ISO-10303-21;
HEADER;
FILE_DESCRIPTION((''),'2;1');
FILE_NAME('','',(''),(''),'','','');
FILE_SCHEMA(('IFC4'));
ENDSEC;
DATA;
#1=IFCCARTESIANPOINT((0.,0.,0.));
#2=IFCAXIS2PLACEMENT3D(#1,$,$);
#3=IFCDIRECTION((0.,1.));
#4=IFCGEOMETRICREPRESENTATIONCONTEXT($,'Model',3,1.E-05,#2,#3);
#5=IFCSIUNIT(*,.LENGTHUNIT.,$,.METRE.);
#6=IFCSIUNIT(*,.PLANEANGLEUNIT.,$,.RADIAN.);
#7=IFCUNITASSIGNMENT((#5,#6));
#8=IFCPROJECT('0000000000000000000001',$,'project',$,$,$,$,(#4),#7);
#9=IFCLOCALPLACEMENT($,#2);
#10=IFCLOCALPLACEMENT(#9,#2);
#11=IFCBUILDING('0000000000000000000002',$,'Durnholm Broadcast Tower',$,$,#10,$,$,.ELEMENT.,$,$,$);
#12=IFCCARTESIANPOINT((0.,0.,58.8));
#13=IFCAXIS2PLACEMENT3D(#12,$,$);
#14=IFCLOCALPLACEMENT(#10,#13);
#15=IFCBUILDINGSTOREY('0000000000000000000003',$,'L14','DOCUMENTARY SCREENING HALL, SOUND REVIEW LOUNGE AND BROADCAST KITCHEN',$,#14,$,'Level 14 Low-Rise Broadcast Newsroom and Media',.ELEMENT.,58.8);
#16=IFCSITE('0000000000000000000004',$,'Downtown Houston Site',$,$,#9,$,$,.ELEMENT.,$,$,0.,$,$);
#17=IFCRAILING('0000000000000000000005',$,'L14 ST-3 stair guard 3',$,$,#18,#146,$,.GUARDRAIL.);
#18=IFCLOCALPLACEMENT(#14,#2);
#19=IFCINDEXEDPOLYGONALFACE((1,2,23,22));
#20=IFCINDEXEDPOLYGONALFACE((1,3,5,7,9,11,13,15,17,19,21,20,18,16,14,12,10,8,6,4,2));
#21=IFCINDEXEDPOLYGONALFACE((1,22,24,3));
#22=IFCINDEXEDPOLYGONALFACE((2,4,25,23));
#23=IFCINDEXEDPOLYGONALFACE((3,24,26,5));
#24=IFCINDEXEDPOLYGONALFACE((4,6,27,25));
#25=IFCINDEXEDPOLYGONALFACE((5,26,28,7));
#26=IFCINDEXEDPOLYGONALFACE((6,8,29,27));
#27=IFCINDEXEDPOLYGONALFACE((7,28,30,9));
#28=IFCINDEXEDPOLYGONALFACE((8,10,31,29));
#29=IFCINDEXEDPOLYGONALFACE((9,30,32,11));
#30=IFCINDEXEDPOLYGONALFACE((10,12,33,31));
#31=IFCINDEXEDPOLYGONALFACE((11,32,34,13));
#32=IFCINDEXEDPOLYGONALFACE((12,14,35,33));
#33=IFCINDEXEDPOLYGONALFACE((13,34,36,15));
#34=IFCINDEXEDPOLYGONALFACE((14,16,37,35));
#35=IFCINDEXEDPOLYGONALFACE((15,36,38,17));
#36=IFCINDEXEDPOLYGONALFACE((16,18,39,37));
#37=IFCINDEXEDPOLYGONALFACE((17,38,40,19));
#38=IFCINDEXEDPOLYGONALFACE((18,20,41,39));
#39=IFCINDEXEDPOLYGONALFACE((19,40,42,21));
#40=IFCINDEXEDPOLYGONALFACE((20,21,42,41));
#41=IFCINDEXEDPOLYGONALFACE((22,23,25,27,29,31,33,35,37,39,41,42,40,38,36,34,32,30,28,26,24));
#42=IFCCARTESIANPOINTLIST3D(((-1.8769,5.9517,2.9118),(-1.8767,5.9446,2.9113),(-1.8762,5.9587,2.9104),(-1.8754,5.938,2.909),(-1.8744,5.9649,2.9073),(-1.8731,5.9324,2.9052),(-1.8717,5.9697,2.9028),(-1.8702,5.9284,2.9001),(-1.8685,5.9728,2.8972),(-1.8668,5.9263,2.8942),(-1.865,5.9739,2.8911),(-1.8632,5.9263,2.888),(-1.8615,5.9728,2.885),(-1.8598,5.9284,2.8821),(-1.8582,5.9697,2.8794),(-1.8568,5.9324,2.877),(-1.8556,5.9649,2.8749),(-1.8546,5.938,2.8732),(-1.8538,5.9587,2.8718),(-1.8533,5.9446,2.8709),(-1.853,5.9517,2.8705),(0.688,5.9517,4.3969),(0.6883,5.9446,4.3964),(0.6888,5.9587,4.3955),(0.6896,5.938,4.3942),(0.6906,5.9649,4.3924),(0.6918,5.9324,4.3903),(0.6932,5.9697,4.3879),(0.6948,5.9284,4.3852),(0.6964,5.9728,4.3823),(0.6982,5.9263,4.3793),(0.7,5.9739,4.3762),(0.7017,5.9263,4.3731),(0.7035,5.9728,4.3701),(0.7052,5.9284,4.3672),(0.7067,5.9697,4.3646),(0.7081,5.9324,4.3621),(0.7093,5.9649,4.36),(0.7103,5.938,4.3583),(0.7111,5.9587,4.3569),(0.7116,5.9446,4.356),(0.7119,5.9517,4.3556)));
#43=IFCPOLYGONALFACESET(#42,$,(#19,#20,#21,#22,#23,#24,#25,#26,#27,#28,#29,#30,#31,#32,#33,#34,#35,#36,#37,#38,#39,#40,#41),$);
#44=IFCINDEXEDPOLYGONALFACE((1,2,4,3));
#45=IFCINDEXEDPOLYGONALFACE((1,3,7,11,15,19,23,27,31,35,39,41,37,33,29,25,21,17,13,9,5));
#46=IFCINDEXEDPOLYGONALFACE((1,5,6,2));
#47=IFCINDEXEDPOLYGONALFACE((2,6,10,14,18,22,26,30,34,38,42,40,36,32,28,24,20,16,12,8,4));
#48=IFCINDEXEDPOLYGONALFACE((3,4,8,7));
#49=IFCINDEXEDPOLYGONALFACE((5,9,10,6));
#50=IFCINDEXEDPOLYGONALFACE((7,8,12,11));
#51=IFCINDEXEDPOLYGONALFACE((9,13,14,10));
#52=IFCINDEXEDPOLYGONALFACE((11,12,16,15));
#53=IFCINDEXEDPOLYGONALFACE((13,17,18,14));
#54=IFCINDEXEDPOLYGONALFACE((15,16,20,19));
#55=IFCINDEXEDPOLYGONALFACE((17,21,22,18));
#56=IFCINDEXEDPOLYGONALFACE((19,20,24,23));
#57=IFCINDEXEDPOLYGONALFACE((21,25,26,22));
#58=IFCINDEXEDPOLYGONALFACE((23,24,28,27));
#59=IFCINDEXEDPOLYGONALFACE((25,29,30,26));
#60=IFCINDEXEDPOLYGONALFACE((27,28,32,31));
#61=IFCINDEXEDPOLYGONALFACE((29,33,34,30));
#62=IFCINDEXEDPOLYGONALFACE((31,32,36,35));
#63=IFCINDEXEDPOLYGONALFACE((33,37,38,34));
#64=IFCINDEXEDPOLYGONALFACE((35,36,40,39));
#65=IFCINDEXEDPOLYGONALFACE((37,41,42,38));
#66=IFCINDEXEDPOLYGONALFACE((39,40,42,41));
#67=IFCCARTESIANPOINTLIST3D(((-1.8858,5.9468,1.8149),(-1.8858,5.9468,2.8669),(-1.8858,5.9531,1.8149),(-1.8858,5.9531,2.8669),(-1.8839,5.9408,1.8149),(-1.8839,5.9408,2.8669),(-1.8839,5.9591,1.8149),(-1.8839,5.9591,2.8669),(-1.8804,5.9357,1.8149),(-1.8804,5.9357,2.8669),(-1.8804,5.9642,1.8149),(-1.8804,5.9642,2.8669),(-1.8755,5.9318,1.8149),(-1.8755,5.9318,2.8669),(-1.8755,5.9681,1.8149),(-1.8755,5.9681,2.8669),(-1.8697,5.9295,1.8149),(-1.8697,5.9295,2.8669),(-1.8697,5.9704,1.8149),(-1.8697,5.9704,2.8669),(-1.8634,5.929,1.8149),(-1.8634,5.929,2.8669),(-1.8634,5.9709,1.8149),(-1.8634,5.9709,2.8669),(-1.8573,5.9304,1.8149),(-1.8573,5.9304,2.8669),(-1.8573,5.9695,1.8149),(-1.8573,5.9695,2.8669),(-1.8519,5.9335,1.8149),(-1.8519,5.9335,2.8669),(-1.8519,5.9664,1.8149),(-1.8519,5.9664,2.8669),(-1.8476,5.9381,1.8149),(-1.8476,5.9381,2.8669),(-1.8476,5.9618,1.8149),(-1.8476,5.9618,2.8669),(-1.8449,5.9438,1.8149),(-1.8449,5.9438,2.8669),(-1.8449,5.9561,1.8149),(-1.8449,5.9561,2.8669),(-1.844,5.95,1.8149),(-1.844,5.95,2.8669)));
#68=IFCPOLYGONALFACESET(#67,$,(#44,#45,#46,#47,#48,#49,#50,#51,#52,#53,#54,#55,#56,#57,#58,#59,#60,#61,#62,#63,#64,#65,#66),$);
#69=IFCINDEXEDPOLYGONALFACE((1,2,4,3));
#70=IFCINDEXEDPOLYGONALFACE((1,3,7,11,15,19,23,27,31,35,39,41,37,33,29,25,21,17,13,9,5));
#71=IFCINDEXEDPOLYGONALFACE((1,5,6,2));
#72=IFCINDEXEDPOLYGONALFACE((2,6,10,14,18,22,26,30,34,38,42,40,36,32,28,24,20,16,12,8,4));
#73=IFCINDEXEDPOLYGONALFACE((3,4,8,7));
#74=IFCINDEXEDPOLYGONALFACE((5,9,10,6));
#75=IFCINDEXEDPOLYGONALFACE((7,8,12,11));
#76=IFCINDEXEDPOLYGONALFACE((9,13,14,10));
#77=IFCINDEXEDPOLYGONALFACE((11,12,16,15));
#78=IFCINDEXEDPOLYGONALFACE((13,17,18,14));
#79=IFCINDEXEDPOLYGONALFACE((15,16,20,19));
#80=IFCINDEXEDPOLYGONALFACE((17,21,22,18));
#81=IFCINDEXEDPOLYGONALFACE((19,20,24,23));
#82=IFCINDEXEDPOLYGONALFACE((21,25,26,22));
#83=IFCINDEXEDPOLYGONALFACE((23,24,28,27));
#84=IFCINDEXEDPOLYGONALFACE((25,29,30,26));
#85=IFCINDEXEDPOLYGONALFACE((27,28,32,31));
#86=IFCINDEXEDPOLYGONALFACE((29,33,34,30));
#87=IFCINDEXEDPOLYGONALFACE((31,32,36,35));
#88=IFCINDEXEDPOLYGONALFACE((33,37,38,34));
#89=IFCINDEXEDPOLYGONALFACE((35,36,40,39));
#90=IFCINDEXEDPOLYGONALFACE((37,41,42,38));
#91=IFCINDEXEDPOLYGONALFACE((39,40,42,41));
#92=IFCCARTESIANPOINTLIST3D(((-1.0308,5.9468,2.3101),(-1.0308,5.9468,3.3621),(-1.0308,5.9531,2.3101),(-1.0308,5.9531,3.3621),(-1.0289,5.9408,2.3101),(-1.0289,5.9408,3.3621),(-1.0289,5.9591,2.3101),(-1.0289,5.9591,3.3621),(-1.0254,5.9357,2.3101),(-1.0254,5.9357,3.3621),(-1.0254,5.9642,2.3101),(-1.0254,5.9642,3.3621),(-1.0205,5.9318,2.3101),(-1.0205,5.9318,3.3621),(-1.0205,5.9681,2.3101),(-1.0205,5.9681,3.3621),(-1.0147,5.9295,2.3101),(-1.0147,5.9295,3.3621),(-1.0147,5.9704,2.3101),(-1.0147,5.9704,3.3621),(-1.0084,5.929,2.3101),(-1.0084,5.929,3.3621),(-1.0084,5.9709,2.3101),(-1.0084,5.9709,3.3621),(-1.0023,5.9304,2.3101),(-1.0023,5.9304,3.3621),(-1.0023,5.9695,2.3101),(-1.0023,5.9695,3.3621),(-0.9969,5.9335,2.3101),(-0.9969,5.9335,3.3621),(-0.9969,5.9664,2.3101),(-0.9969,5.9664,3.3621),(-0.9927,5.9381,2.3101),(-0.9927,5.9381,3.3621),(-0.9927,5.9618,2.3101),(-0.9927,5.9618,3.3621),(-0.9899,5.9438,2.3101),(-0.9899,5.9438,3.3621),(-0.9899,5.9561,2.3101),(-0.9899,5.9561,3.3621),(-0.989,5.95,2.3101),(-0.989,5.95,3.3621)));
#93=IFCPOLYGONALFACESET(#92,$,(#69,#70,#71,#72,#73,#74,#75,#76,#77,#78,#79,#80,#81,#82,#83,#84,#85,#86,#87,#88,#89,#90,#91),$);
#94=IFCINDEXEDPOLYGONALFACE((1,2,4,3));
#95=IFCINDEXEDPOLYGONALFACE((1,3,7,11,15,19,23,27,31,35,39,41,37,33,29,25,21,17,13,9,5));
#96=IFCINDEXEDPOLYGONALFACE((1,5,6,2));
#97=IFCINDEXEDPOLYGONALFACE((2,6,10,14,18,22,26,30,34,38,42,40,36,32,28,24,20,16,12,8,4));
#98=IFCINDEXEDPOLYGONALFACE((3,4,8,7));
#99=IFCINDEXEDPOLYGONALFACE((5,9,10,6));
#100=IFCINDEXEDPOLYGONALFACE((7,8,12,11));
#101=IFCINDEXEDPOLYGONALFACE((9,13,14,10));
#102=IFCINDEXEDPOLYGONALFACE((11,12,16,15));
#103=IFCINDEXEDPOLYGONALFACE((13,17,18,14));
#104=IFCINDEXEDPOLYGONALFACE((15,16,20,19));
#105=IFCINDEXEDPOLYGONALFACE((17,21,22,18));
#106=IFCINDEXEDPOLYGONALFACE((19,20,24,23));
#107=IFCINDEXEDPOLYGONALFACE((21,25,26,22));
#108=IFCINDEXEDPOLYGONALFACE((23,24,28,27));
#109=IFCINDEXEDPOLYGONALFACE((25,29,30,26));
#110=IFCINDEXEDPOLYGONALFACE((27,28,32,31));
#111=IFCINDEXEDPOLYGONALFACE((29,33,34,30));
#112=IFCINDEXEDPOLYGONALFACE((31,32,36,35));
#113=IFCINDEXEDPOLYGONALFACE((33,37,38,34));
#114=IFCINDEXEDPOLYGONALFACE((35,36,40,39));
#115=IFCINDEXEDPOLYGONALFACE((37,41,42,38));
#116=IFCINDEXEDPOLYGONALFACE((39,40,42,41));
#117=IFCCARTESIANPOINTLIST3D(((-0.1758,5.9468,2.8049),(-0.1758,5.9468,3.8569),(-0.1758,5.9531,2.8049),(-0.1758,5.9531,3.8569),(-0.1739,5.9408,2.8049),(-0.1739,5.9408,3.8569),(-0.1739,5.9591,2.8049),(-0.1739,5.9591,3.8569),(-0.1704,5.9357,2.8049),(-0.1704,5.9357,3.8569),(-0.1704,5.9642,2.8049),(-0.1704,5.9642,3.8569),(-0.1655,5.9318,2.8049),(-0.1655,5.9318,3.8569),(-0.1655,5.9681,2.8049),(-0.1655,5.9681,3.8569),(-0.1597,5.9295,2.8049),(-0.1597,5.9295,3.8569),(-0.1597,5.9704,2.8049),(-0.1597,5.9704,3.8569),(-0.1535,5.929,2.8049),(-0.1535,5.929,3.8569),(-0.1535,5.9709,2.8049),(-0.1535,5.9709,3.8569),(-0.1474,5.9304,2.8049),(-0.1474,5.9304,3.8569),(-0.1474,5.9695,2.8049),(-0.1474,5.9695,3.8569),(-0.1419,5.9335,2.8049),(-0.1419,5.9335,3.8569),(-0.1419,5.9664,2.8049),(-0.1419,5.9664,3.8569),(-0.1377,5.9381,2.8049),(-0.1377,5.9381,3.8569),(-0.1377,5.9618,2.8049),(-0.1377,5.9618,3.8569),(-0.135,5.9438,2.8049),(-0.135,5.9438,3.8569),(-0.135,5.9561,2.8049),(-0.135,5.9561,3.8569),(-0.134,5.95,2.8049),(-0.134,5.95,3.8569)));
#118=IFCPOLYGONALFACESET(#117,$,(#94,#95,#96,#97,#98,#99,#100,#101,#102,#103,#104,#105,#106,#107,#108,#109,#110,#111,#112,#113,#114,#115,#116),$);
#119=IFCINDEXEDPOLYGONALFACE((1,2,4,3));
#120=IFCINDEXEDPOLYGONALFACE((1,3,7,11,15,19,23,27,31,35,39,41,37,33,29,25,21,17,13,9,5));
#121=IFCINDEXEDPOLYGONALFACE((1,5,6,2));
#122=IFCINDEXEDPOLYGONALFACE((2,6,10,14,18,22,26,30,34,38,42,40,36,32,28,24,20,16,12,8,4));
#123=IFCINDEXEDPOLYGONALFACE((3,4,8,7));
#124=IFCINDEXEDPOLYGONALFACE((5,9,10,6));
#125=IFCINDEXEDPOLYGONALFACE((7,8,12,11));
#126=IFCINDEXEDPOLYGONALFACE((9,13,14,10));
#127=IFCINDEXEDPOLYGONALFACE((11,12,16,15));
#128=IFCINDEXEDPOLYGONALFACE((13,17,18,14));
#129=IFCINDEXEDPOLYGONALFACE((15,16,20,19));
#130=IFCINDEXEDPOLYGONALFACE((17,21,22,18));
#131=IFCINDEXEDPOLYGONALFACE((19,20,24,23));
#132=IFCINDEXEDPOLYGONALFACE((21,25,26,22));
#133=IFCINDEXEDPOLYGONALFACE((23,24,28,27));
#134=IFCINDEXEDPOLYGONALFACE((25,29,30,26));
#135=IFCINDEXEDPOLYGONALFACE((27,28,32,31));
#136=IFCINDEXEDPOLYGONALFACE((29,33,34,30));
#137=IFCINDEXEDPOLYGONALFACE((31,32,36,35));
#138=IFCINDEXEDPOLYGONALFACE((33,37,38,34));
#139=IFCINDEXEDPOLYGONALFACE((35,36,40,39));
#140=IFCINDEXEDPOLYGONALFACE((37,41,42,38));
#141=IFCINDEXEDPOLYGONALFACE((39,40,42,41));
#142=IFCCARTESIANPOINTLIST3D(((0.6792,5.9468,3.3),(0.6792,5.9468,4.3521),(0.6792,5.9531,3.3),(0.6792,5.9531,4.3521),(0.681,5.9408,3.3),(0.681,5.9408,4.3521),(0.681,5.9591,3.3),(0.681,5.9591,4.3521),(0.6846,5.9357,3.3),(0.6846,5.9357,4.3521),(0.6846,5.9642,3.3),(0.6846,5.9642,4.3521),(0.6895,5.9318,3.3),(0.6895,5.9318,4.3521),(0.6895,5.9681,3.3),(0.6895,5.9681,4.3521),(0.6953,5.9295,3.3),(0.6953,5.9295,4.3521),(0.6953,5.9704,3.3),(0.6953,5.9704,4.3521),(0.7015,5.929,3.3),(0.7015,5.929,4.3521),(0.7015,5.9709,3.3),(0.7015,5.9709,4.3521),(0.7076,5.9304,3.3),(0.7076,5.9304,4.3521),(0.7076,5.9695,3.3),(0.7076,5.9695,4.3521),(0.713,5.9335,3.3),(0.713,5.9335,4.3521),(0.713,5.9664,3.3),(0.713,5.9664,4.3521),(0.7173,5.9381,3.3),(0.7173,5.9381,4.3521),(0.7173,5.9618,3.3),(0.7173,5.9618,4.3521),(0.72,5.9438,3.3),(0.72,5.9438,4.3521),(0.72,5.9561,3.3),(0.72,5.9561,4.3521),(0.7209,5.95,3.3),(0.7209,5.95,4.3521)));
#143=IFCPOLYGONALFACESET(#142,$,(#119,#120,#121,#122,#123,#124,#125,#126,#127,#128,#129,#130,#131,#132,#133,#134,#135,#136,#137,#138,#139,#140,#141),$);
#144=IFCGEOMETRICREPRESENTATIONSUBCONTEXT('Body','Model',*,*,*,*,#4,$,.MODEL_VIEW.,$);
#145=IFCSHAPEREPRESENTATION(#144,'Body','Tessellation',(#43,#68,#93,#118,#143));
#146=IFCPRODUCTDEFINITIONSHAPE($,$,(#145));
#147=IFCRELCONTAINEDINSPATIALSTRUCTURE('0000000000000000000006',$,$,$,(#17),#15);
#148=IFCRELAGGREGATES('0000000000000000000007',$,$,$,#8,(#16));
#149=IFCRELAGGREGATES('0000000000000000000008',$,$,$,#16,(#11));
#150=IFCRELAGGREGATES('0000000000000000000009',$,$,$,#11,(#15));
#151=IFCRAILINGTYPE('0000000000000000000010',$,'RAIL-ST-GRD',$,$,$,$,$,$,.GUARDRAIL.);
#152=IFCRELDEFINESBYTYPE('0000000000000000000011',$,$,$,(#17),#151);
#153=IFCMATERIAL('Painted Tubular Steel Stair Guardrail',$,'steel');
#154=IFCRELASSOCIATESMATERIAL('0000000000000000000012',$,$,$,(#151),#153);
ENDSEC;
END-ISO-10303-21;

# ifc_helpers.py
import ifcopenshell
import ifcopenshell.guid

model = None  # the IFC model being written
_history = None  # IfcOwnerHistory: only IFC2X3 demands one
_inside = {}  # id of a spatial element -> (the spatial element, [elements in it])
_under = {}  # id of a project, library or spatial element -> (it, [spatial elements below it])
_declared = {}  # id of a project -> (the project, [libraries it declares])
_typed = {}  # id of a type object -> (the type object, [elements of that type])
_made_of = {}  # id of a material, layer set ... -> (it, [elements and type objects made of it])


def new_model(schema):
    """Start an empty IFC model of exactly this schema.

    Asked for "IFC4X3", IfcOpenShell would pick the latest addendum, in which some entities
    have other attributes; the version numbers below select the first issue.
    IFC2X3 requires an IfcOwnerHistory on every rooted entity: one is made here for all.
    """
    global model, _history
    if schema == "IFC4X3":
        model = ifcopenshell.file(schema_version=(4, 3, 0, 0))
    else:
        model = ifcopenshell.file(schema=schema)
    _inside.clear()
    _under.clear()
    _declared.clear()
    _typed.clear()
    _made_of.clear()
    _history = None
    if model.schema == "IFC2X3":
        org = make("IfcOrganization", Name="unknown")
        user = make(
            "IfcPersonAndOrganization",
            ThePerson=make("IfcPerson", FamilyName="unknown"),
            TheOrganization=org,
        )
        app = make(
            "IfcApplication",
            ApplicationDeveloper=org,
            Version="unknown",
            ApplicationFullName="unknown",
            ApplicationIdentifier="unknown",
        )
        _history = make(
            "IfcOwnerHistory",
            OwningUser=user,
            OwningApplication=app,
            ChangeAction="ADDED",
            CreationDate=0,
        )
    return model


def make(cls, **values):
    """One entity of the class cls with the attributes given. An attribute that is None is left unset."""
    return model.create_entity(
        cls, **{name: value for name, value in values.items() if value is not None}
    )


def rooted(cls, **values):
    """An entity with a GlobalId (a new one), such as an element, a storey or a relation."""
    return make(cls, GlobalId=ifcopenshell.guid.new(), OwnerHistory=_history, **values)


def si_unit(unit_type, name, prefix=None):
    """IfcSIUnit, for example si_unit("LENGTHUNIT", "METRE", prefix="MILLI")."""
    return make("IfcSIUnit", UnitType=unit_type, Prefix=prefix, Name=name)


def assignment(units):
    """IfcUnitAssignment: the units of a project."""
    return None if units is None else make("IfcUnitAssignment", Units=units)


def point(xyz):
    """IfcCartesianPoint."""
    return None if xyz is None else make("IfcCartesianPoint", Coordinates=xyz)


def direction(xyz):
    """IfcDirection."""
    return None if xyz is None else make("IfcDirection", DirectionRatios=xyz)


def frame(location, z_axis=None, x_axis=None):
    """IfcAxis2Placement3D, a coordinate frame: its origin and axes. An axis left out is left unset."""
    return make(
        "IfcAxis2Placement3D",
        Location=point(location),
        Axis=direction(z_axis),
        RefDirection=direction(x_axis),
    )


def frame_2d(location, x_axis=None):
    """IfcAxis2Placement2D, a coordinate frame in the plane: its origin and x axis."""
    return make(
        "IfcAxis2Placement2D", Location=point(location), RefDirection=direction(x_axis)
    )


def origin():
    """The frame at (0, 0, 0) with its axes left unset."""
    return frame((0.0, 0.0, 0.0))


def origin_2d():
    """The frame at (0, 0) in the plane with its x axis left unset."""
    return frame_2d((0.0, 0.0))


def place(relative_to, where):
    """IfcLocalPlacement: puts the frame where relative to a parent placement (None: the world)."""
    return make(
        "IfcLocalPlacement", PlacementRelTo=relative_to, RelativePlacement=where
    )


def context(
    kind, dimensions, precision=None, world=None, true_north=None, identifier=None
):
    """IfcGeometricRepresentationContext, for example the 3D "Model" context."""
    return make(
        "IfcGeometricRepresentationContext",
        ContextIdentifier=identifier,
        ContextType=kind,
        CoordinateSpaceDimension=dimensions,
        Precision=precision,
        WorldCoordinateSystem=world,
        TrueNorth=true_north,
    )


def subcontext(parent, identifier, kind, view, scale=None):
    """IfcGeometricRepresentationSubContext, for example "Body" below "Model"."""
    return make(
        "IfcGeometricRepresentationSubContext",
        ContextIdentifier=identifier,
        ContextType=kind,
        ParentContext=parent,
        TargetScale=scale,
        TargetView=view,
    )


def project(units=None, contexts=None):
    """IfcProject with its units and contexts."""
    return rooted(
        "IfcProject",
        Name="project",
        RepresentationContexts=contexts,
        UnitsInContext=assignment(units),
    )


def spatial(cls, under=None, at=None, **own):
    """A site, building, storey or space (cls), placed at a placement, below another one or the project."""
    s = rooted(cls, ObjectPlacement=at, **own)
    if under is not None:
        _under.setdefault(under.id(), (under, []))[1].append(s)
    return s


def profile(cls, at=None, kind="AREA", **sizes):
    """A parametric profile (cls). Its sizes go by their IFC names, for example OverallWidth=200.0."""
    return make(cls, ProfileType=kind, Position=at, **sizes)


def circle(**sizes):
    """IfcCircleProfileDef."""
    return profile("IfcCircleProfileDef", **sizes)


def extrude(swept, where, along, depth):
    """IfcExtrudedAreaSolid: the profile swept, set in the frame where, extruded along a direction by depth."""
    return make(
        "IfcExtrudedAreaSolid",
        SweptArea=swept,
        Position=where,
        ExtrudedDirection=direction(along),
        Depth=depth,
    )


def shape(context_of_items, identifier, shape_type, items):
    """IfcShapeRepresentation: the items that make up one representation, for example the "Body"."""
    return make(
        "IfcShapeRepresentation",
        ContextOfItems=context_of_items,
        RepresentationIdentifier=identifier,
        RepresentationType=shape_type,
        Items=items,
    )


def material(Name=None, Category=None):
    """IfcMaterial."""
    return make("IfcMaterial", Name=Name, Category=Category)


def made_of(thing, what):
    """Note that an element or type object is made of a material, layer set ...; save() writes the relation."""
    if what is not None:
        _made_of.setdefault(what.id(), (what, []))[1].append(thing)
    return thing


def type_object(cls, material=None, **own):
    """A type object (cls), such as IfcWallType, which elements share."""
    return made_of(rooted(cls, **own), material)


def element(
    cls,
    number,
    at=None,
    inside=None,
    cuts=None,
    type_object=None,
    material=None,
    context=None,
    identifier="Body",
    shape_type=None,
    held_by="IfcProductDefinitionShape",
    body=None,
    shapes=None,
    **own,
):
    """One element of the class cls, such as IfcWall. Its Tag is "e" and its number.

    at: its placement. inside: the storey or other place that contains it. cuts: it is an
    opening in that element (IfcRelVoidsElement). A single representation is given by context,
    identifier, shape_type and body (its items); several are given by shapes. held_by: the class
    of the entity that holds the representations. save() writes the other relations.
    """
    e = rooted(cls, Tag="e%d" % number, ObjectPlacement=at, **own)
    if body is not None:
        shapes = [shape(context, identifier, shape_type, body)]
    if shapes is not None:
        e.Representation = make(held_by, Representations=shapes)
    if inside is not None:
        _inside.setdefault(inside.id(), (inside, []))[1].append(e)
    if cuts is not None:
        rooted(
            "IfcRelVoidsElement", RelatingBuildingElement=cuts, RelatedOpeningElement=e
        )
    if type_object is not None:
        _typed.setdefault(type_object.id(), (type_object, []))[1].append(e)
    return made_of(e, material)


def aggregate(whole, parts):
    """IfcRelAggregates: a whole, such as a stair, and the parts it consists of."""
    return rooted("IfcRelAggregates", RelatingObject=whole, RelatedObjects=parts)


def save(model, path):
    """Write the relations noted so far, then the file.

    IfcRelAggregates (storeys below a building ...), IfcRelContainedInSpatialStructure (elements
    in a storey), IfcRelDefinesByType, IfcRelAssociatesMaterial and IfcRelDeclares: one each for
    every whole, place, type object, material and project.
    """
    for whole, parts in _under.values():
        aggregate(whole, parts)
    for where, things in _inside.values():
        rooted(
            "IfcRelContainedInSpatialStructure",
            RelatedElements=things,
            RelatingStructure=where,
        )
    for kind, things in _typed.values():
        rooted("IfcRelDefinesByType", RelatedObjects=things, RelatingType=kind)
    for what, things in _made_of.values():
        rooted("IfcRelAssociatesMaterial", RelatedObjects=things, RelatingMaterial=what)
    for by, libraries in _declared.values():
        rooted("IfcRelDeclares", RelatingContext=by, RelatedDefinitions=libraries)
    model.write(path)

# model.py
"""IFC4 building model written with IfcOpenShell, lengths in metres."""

from ifc_helpers import new_model, si_unit, direction, frame, origin, origin_2d, place, context, subcontext, project, spatial, circle, extrude, material, type_object, element, save


model = new_model("IFC4")

# Units and contexts
model_context = context("Model", 3, precision=1e-05, world=origin(), true_north=direction((0.0, 1.0)))
body_context = subcontext(model_context, "Body", "Model", "MODEL_VIEW")
ifc_project = project(units=[si_unit("LENGTHUNIT", "METRE"), si_unit("PLANEANGLEUNIT", "RADIAN")], contexts=[model_context])

# Site, building, storey
site_placement = place(None, origin())
site = spatial("IfcSite", under=ifc_project, at=site_placement, Name="Downtown Houston Site", CompositionType="ELEMENT", RefElevation=0.0)
building_placement = place(site_placement, origin())
building = spatial("IfcBuilding", under=site, at=building_placement, Name="Durnholm Broadcast Tower", CompositionType="ELEMENT")
storey_placement = place(building_placement, frame((0.0, 0.0, 58.8)))
storey = spatial("IfcBuildingStorey", under=building, at=storey_placement, Name="L14", Description="DOCUMENTARY SCREENING HALL, SOUND REVIEW LOUNGE AND BROADCAST KITCHEN", LongName="Level 14 Low-Rise Broadcast Newsroom and Media", CompositionType="ELEMENT", Elevation=58.8)

# Railing
ifc_material_1 = material(Name="Painted Tubular Steel Stair Guardrail", Category="steel")
railing_type_1 = type_object("IfcRailingType", Name="RAIL-ST-GRD", PredefinedType="GUARDRAIL", material=ifc_material_1)
railing_1_placement = place(storey_placement, frame((-1.865, 5.95, 1.8149)))
element("IfcRailing", 1, at=railing_1_placement, inside=storey, type_object=railing_type_1, Name="L14 ST-3 stair guard 3", PredefinedType="GUARDRAIL", context=body_context, shape_type="SweptSolid", body=[
    extrude(circle(Radius=0.0239, at=origin_2d()), frame((0.0, 0.0, 1.0762), z_axis=(0.865406, 0.0, 0.501072), x_axis=(0.0, 1.0, 0.0)), (0.0, 0.0, 1.0), 2.9639),
    extrude(circle(Radius=0.021, at=origin_2d()), origin(), (0.0, 0.0, 1.0), 1.052),
    extrude(circle(Radius=0.021, at=origin_2d()), frame((0.855, 0.0, 0.4951)), (0.0, 0.0, 1.0), 1.052),
    extrude(circle(Radius=0.021, at=origin_2d()), frame((1.71, 0.0, 0.99)), (0.0, 0.0, 1.0), 1.052),
    extrude(circle(Radius=0.021, at=origin_2d()), frame((2.5649, 0.0, 1.4851)), (0.0, 0.0, 1.0), 1.052),
])

save(model, "model.ifc")
